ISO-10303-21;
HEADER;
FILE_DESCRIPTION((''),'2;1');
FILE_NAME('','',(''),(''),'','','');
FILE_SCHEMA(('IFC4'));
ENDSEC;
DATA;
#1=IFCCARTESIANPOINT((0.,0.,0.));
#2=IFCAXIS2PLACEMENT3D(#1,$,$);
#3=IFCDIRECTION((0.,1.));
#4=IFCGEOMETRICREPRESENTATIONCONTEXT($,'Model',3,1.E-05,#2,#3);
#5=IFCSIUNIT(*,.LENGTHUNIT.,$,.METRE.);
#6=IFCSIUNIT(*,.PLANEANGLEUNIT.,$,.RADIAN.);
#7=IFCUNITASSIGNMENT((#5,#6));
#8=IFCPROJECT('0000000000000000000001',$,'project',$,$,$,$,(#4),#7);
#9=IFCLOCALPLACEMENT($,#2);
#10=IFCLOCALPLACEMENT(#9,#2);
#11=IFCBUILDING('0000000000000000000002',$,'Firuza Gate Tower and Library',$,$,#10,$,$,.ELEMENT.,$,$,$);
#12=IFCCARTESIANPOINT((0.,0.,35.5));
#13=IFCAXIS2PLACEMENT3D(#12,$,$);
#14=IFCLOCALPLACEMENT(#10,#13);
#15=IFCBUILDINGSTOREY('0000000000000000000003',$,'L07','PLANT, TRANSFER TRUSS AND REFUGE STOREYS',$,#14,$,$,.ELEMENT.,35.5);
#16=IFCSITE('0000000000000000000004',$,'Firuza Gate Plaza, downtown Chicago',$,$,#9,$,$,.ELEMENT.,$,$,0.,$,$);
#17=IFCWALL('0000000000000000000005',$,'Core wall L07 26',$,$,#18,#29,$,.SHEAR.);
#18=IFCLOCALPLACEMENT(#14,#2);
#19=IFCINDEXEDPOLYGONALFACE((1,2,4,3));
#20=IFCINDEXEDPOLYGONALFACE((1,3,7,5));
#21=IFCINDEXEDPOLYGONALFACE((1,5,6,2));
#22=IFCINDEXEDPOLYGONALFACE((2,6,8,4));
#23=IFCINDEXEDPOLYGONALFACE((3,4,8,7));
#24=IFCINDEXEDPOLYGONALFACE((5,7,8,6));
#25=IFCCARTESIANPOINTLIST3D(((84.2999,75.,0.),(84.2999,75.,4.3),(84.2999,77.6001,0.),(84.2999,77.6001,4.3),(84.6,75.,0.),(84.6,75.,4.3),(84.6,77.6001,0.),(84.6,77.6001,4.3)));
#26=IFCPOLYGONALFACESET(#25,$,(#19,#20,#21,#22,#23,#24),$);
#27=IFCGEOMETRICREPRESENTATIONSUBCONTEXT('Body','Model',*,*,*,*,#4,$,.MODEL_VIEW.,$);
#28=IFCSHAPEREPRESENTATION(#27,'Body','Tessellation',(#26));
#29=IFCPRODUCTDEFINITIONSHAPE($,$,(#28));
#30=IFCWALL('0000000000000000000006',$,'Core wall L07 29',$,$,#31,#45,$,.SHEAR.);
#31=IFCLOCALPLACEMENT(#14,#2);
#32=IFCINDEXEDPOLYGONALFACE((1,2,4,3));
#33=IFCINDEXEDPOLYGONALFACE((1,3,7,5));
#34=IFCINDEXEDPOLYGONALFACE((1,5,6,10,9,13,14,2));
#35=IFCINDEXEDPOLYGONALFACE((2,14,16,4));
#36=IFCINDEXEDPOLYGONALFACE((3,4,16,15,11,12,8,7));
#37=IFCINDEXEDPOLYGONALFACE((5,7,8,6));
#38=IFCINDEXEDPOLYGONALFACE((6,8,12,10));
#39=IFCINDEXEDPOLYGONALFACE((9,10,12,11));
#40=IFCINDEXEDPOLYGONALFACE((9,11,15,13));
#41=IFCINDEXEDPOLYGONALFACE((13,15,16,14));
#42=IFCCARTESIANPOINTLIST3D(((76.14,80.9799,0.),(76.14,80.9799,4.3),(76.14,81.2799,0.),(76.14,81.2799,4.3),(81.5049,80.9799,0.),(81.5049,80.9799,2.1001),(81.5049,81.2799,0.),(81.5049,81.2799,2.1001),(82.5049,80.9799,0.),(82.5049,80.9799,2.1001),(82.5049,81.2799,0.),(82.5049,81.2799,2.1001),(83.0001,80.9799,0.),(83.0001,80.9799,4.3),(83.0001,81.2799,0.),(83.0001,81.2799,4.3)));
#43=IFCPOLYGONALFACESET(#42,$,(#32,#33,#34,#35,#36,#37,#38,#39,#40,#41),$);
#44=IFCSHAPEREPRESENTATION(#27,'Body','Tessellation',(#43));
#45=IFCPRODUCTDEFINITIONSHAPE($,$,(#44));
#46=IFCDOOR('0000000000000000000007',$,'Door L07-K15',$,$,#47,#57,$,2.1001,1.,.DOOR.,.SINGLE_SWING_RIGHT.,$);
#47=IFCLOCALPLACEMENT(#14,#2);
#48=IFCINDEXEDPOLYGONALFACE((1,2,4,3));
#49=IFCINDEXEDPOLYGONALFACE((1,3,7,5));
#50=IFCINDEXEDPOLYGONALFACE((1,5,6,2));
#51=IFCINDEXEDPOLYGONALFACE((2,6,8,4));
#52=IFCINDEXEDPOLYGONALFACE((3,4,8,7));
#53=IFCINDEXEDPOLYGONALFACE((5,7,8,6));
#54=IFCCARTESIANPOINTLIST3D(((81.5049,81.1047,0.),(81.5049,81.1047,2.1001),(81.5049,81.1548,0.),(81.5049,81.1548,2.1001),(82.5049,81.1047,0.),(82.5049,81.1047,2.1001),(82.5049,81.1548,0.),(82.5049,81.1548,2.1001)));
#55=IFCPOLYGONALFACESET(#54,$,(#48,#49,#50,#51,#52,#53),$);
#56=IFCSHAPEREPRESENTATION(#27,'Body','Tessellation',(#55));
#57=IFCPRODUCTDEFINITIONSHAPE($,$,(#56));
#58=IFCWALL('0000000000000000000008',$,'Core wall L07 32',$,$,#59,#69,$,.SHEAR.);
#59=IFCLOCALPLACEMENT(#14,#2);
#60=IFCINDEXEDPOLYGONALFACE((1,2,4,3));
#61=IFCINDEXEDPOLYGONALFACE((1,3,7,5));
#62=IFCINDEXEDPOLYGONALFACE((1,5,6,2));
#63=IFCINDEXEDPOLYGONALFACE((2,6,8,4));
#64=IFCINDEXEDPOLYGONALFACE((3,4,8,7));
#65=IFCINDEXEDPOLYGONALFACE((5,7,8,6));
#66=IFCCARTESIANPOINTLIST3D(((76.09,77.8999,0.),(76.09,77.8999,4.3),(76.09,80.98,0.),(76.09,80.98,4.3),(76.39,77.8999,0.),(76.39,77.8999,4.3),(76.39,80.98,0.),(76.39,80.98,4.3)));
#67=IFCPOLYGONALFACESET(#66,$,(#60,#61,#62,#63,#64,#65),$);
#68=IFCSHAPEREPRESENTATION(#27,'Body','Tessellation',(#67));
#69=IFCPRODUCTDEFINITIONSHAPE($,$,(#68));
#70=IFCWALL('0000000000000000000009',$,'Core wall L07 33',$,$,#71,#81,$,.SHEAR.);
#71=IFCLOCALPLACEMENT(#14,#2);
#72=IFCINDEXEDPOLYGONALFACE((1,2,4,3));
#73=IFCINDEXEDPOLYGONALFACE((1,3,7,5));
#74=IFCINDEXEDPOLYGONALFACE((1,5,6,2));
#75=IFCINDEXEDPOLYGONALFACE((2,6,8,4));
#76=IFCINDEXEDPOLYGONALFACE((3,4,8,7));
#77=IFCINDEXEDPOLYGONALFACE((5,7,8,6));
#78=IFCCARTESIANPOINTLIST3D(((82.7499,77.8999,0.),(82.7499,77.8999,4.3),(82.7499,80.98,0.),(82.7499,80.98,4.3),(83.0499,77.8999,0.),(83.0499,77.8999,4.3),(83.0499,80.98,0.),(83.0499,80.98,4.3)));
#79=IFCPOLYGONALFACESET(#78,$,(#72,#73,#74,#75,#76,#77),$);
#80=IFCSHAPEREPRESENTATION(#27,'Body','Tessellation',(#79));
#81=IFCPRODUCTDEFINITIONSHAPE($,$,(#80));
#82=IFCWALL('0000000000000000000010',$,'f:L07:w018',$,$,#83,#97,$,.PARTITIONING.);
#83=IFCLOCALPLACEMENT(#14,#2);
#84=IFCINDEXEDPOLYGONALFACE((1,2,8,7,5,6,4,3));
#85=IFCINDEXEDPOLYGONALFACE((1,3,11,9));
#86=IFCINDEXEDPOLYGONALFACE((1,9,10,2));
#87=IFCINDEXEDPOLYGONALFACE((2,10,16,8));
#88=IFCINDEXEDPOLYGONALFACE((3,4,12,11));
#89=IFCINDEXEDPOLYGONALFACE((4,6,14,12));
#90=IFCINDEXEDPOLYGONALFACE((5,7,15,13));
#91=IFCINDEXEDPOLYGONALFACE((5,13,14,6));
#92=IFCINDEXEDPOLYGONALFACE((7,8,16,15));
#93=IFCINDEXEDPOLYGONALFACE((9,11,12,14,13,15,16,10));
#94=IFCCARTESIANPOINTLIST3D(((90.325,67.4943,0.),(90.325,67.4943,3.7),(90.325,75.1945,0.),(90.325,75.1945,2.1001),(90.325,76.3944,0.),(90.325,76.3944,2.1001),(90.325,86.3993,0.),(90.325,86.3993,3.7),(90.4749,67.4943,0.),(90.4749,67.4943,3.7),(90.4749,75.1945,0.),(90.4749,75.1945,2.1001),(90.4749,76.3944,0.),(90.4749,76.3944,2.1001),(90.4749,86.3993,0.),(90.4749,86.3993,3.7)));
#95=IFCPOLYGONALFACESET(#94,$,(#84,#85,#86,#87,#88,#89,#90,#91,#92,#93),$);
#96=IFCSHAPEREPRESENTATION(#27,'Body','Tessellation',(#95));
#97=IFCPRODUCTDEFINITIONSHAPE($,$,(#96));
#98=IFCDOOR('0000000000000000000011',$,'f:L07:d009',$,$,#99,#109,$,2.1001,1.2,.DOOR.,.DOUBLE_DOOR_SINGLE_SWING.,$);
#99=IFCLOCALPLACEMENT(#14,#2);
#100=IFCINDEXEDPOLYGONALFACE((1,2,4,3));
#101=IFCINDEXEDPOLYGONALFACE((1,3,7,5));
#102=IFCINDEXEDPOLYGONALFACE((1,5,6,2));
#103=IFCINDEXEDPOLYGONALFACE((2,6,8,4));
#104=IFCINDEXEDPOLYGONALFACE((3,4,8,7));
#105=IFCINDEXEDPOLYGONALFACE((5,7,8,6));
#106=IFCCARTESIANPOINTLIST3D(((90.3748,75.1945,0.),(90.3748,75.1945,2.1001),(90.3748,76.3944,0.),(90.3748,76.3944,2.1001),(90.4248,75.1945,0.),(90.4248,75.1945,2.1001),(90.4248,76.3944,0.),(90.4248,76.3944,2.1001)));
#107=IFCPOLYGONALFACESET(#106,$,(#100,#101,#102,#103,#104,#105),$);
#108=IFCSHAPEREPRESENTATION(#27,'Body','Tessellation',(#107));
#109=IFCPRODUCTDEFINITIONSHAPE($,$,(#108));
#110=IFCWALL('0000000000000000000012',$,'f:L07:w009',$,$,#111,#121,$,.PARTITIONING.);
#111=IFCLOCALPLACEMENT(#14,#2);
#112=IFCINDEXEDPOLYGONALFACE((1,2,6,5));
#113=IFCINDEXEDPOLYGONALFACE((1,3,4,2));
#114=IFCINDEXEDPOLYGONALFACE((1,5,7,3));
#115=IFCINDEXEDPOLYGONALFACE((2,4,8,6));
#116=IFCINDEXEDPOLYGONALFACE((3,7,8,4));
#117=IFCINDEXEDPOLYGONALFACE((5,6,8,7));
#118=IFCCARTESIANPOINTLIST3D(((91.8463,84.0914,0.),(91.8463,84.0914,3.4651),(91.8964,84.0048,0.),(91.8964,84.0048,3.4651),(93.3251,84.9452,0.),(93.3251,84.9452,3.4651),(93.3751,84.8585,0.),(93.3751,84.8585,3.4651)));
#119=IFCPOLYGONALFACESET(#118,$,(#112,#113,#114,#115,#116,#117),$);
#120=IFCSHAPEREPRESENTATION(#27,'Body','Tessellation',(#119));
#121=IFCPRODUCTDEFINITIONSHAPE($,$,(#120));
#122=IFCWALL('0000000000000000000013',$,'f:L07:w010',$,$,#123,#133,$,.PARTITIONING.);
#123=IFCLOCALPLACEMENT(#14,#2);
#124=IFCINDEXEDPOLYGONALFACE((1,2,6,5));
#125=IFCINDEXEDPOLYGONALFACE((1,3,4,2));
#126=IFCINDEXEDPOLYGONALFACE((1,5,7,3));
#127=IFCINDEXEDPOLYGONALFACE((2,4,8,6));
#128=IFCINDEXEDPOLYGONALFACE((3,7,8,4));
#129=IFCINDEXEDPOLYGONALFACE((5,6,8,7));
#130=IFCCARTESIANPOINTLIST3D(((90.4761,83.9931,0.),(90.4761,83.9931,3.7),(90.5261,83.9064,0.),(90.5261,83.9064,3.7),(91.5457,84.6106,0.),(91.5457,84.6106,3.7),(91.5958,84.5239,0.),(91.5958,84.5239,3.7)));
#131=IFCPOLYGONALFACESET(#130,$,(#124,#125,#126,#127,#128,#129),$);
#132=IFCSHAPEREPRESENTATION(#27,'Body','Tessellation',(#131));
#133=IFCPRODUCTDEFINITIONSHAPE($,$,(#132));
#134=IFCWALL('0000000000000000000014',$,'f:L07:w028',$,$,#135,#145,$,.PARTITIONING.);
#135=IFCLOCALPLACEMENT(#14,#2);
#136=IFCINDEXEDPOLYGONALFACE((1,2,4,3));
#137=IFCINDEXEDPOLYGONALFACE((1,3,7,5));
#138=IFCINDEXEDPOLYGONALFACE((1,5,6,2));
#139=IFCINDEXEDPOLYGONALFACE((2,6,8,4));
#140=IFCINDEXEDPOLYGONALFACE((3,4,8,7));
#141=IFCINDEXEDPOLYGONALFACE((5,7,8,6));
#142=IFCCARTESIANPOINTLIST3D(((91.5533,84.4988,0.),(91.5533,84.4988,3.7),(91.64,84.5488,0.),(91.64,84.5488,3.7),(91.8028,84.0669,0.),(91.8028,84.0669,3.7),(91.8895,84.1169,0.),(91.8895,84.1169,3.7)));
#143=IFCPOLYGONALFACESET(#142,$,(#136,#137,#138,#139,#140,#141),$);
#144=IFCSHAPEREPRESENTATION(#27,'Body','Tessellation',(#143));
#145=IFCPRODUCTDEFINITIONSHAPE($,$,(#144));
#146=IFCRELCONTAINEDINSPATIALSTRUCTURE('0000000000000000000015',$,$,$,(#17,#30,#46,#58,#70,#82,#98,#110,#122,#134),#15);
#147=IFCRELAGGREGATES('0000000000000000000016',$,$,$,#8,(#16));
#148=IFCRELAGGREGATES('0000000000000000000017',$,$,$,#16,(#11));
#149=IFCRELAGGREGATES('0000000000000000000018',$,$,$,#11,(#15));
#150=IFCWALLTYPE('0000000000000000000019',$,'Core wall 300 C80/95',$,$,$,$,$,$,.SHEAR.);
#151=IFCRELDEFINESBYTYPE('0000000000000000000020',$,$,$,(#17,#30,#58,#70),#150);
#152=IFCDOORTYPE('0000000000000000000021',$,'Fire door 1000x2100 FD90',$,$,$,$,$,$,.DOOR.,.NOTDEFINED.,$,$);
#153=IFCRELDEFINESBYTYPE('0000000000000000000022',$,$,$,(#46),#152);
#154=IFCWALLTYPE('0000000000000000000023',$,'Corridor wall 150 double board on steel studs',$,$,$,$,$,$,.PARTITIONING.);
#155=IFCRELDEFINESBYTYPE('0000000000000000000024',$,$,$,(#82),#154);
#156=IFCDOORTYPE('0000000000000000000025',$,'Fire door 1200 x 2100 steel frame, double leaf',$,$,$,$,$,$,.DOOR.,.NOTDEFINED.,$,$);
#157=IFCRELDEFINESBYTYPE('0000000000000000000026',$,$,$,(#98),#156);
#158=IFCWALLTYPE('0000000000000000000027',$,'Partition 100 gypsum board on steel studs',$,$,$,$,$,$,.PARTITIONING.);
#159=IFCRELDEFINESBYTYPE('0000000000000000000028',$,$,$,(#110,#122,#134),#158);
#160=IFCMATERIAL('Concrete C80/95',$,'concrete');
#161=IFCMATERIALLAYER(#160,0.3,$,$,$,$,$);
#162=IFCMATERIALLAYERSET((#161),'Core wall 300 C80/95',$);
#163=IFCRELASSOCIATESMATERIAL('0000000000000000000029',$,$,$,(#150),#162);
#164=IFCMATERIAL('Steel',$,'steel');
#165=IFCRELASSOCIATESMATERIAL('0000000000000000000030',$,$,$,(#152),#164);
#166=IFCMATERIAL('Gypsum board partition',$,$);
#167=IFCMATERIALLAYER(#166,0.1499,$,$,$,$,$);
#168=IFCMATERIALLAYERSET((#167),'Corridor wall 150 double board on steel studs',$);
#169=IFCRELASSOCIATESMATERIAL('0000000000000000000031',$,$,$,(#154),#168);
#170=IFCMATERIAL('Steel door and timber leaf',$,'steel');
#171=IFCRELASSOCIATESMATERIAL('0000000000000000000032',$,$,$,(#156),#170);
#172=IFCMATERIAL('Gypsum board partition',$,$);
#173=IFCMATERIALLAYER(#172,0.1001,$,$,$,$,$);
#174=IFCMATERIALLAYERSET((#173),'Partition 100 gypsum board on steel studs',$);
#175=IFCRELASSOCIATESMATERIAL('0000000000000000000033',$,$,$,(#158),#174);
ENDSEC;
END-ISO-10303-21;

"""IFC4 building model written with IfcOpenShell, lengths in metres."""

from ifc_helpers import new_model, si_unit, direction, frame, frame_2d, origin, place, context, subcontext, project, spatial, rectangle, extrude, material, layer, layer_set, type_object, element, fill, save


model = new_model("IFC4")

# Units and contexts
model_context = context("Model", 3, precision=1e-05, world=origin(), true_north=direction((0.0, 1.0)))
body_context = subcontext(model_context, "Body", "Model", "MODEL_VIEW")
ifc_project = project(units=[si_unit("LENGTHUNIT", "METRE"), si_unit("PLANEANGLEUNIT", "RADIAN")], contexts=[model_context])

# Site, building, storey
site_placement = place(None, origin())
site = spatial("IfcSite", under=ifc_project, at=site_placement, Name="Firuza Gate Plaza, downtown Chicago", CompositionType="ELEMENT", RefElevation=0.0)
building_placement = place(site_placement, origin())
building = spatial("IfcBuilding", under=site, at=building_placement, Name="Firuza Gate Tower and Library", CompositionType="ELEMENT")
storey_placement = place(building_placement, frame((0.0, 0.0, 35.5)))
storey = spatial("IfcBuildingStorey", under=building, at=storey_placement, Name="L07", Description="PLANT, TRANSFER TRUSS AND REFUGE STOREYS", CompositionType="ELEMENT", Elevation=35.5)

# Wall
ifc_material_1 = material(Name="Concrete C80/95", Category="concrete")
ifc_layer_1 = layer(ifc_material_1, 0.3)
ifc_layer_set_1 = layer_set([ifc_layer_1], Name="Core wall 300 C80/95")
wall_type_1 = type_object("IfcWallType", Name="Core wall 300 C80/95", PredefinedType="SHEAR", material=ifc_layer_set_1)
for number, where, z_axis, x_axis, name in (
    (1, (84.45, 75.0, 0.0), (0.0, 0.0, 1.0), (0.0, 1.0, 0.0), "Core wall L07 26"),
):
    element("IfcWall", number, at=place(storey_placement, frame(where, z_axis=z_axis, x_axis=x_axis)), inside=storey, type_object=wall_type_1, Name=name, PredefinedType="SHEAR", context=body_context, shape_type="SweptSolid", body=[
        extrude(rectangle(XDim=2.6001, YDim=0.3, at=frame_2d((1.3, 0.0))), origin(), (0.0, 0.0, 1.0), 4.3),
    ])

# Wall, opening, door
wall_1_placement = place(storey_placement, frame((76.1399, 81.1299, 0.0), z_axis=(0.0, 0.0, 1.0), x_axis=(1.0, 0.0, 0.0)))
wall_1 = element("IfcWall", 2, at=wall_1_placement, inside=storey, type_object=wall_type_1, Name="Core wall L07 29", PredefinedType="SHEAR", context=body_context, shape_type="SweptSolid", body=[
    extrude(rectangle(XDim=6.8601, YDim=0.3, at=frame_2d((3.4302, 0.0))), origin(), (0.0, 0.0, 1.0), 4.3),
])
opening_1_placement = place(wall_1_placement, frame((5.365, 0.0, 0.0)))
opening_1 = element("IfcOpeningElement", 3, at=opening_1_placement, cuts=wall_1, PredefinedType="OPENING", context=body_context, shape_type="SweptSolid", body=[
    extrude(rectangle(XDim=1.0, YDim=2.1001, at=frame_2d((0.5, 1.05))), frame((0.0, 0.1602, 0.0), z_axis=(0.0, -1.0, 0.0), x_axis=(1.0, 0.0, 0.0)), (0.0, 0.0, 1.0), 0.3201),
])
ifc_material_2 = material(Name="Steel", Category="steel")
door_type_1 = type_object("IfcDoorType", Name="Fire door 1000x2100 FD90", OperationType="NOTDEFINED", PredefinedType="DOOR", material=ifc_material_2)
door_1_placement = place(opening_1_placement, origin())
door_1 = element("IfcDoor", 4, at=door_1_placement, inside=storey, type_object=door_type_1, Name="Door L07-K15", OperationType="SINGLE_SWING_RIGHT", OverallHeight=2.1001, OverallWidth=1.0, PredefinedType="DOOR", context=body_context, shape_type="SweptSolid", body=[
    extrude(rectangle(XDim=1.0, YDim=2.1001, at=frame_2d((0.5, 1.05))), frame((0.0, 0.0249, 0.0), z_axis=(0.0, -1.0, 0.0), x_axis=(1.0, 0.0, 0.0)), (0.0, 0.0, 1.0), 0.05),
])
fill(opening_1, door_1)

# Walls
for number, where, z_axis, x_axis, name in (
    (5, (76.24, 77.8999, 0.0), (0.0, 0.0, 1.0), (0.0, 1.0, 0.0), "Core wall L07 32"),
    (6, (82.8999, 77.8999, 0.0), (0.0, 0.0, 1.0), (0.0, 1.0, 0.0), "Core wall L07 33"),
):
    element("IfcWall", number, at=place(storey_placement, frame(where, z_axis=z_axis, x_axis=x_axis)), inside=storey, type_object=wall_type_1, Name=name, PredefinedType="SHEAR", context=body_context, shape_type="SweptSolid", body=[
        extrude(rectangle(XDim=3.0801, YDim=0.3, at=frame_2d((1.54, 0.0))), origin(), (0.0, 0.0, 1.0), 4.3),
    ])

# Wall, opening, door
ifc_material_3 = material(Name="Gypsum board partition")
ifc_layer_2 = layer(ifc_material_3, 0.1499)
ifc_layer_set_2 = layer_set([ifc_layer_2], Name="Corridor wall 150 double board on steel studs")
wall_type_2 = type_object("IfcWallType", Name="Corridor wall 150 double board on steel studs", PredefinedType="PARTITIONING", material=ifc_layer_set_2)
wall_2_placement = place(storey_placement, frame((90.3999, 86.3994, 0.0), z_axis=(0.0, 0.0, 1.0), x_axis=(0.0, -1.0, 0.0)))
wall_2 = element("IfcWall", 7, at=wall_2_placement, inside=storey, type_object=wall_type_2, Name="f:L07:w018", PredefinedType="PARTITIONING", context=body_context, shape_type="SweptSolid", body=[
    extrude(rectangle(XDim=18.905, YDim=0.1499, at=frame_2d((9.4526, 0.0))), origin(), (0.0, 0.0, 1.0), 3.7),
])
opening_2_placement = place(wall_2_placement, frame((10.0049, 0.0, 0.0)))
opening_2 = element("IfcOpeningElement", 8, at=opening_2_placement, cuts=wall_2, PredefinedType="OPENING", context=body_context, shape_type="SweptSolid", body=[
    extrude(rectangle(XDim=1.2, YDim=2.1001, at=frame_2d((0.6001, 1.05))), frame((0.0, 0.085, 0.0), z_axis=(0.0, -1.0, 0.0), x_axis=(1.0, 0.0, 0.0)), (0.0, 0.0, 1.0), 0.1699),
])
ifc_material_4 = material(Name="Steel door and timber leaf", Category="steel")
door_type_2 = type_object("IfcDoorType", Name="Fire door 1200 x 2100 steel frame, double leaf", OperationType="NOTDEFINED", PredefinedType="DOOR", material=ifc_material_4)
door_2_placement = place(opening_2_placement, origin())
door_2 = element("IfcDoor", 9, at=door_2_placement, inside=storey, type_object=door_type_2, Name="f:L07:d009", OperationType="DOUBLE_DOOR_SINGLE_SWING", OverallHeight=2.1001, OverallWidth=1.2, PredefinedType="DOOR", context=body_context, shape_type="SweptSolid", body=[
    extrude(rectangle(XDim=1.2, YDim=2.1001, at=frame_2d((0.6001, 1.05))), frame((0.0, 0.0249, 0.0), z_axis=(0.0, -1.0, 0.0), x_axis=(1.0, 0.0, 0.0)), (0.0, 0.0, 1.0), 0.05),
])
fill(opening_2, door_2)

# Walls
ifc_material_5 = material(Name="Gypsum board partition")
ifc_layer_3 = layer(ifc_material_5, 0.1001)
ifc_layer_set_3 = layer_set([ifc_layer_3], Name="Partition 100 gypsum board on steel studs")
wall_type_3 = type_object("IfcWallType", Name="Partition 100 gypsum board on steel studs", PredefinedType="PARTITIONING", material=ifc_layer_set_3)
wall_3_placement = place(storey_placement, frame((91.8713, 84.0481, 0.0), z_axis=(0.0, 0.0, 1.0), x_axis=(0.866026, 0.499999, 0.0)))
element("IfcWall", 10, at=wall_3_placement, inside=storey, type_object=wall_type_3, Name="f:L07:w009", PredefinedType="PARTITIONING", context=body_context, shape_type="SweptSolid", body=[
    extrude(rectangle(XDim=1.7075, YDim=0.1001, at=frame_2d((0.8538, 0.0))), origin(), (0.0, 0.0, 1.0), 3.4651),
])
wall_4_placement = place(storey_placement, frame((90.501, 83.9497, 0.0), z_axis=(0.0, 0.0, 1.0), x_axis=(0.866057, 0.499945, 0.0)))
element("IfcWall", 11, at=wall_4_placement, inside=storey, type_object=wall_type_3, Name="f:L07:w010", PredefinedType="PARTITIONING", context=body_context, shape_type="SweptSolid", body=[
    extrude(rectangle(XDim=1.2351, YDim=0.1001, at=frame_2d((0.6177, 0.0))), origin(), (0.0, 0.0, 1.0), 3.7),
])
wall_5_placement = place(storey_placement, frame((91.8462, 84.0918, 0.0), z_axis=(0.0, 0.0, 1.0), x_axis=(-0.500245, 0.865884, 0.0)))
element("IfcWall", 12, at=wall_5_placement, inside=storey, type_object=wall_type_3, Name="f:L07:w028", PredefinedType="PARTITIONING", context=body_context, shape_type="SweptSolid", body=[
    extrude(rectangle(XDim=0.4988, YDim=0.1001, at=frame_2d((0.2495, 0.0))), origin(), (0.0, 0.0, 1.0), 3.7),
])

save(model, "model.ifc")
